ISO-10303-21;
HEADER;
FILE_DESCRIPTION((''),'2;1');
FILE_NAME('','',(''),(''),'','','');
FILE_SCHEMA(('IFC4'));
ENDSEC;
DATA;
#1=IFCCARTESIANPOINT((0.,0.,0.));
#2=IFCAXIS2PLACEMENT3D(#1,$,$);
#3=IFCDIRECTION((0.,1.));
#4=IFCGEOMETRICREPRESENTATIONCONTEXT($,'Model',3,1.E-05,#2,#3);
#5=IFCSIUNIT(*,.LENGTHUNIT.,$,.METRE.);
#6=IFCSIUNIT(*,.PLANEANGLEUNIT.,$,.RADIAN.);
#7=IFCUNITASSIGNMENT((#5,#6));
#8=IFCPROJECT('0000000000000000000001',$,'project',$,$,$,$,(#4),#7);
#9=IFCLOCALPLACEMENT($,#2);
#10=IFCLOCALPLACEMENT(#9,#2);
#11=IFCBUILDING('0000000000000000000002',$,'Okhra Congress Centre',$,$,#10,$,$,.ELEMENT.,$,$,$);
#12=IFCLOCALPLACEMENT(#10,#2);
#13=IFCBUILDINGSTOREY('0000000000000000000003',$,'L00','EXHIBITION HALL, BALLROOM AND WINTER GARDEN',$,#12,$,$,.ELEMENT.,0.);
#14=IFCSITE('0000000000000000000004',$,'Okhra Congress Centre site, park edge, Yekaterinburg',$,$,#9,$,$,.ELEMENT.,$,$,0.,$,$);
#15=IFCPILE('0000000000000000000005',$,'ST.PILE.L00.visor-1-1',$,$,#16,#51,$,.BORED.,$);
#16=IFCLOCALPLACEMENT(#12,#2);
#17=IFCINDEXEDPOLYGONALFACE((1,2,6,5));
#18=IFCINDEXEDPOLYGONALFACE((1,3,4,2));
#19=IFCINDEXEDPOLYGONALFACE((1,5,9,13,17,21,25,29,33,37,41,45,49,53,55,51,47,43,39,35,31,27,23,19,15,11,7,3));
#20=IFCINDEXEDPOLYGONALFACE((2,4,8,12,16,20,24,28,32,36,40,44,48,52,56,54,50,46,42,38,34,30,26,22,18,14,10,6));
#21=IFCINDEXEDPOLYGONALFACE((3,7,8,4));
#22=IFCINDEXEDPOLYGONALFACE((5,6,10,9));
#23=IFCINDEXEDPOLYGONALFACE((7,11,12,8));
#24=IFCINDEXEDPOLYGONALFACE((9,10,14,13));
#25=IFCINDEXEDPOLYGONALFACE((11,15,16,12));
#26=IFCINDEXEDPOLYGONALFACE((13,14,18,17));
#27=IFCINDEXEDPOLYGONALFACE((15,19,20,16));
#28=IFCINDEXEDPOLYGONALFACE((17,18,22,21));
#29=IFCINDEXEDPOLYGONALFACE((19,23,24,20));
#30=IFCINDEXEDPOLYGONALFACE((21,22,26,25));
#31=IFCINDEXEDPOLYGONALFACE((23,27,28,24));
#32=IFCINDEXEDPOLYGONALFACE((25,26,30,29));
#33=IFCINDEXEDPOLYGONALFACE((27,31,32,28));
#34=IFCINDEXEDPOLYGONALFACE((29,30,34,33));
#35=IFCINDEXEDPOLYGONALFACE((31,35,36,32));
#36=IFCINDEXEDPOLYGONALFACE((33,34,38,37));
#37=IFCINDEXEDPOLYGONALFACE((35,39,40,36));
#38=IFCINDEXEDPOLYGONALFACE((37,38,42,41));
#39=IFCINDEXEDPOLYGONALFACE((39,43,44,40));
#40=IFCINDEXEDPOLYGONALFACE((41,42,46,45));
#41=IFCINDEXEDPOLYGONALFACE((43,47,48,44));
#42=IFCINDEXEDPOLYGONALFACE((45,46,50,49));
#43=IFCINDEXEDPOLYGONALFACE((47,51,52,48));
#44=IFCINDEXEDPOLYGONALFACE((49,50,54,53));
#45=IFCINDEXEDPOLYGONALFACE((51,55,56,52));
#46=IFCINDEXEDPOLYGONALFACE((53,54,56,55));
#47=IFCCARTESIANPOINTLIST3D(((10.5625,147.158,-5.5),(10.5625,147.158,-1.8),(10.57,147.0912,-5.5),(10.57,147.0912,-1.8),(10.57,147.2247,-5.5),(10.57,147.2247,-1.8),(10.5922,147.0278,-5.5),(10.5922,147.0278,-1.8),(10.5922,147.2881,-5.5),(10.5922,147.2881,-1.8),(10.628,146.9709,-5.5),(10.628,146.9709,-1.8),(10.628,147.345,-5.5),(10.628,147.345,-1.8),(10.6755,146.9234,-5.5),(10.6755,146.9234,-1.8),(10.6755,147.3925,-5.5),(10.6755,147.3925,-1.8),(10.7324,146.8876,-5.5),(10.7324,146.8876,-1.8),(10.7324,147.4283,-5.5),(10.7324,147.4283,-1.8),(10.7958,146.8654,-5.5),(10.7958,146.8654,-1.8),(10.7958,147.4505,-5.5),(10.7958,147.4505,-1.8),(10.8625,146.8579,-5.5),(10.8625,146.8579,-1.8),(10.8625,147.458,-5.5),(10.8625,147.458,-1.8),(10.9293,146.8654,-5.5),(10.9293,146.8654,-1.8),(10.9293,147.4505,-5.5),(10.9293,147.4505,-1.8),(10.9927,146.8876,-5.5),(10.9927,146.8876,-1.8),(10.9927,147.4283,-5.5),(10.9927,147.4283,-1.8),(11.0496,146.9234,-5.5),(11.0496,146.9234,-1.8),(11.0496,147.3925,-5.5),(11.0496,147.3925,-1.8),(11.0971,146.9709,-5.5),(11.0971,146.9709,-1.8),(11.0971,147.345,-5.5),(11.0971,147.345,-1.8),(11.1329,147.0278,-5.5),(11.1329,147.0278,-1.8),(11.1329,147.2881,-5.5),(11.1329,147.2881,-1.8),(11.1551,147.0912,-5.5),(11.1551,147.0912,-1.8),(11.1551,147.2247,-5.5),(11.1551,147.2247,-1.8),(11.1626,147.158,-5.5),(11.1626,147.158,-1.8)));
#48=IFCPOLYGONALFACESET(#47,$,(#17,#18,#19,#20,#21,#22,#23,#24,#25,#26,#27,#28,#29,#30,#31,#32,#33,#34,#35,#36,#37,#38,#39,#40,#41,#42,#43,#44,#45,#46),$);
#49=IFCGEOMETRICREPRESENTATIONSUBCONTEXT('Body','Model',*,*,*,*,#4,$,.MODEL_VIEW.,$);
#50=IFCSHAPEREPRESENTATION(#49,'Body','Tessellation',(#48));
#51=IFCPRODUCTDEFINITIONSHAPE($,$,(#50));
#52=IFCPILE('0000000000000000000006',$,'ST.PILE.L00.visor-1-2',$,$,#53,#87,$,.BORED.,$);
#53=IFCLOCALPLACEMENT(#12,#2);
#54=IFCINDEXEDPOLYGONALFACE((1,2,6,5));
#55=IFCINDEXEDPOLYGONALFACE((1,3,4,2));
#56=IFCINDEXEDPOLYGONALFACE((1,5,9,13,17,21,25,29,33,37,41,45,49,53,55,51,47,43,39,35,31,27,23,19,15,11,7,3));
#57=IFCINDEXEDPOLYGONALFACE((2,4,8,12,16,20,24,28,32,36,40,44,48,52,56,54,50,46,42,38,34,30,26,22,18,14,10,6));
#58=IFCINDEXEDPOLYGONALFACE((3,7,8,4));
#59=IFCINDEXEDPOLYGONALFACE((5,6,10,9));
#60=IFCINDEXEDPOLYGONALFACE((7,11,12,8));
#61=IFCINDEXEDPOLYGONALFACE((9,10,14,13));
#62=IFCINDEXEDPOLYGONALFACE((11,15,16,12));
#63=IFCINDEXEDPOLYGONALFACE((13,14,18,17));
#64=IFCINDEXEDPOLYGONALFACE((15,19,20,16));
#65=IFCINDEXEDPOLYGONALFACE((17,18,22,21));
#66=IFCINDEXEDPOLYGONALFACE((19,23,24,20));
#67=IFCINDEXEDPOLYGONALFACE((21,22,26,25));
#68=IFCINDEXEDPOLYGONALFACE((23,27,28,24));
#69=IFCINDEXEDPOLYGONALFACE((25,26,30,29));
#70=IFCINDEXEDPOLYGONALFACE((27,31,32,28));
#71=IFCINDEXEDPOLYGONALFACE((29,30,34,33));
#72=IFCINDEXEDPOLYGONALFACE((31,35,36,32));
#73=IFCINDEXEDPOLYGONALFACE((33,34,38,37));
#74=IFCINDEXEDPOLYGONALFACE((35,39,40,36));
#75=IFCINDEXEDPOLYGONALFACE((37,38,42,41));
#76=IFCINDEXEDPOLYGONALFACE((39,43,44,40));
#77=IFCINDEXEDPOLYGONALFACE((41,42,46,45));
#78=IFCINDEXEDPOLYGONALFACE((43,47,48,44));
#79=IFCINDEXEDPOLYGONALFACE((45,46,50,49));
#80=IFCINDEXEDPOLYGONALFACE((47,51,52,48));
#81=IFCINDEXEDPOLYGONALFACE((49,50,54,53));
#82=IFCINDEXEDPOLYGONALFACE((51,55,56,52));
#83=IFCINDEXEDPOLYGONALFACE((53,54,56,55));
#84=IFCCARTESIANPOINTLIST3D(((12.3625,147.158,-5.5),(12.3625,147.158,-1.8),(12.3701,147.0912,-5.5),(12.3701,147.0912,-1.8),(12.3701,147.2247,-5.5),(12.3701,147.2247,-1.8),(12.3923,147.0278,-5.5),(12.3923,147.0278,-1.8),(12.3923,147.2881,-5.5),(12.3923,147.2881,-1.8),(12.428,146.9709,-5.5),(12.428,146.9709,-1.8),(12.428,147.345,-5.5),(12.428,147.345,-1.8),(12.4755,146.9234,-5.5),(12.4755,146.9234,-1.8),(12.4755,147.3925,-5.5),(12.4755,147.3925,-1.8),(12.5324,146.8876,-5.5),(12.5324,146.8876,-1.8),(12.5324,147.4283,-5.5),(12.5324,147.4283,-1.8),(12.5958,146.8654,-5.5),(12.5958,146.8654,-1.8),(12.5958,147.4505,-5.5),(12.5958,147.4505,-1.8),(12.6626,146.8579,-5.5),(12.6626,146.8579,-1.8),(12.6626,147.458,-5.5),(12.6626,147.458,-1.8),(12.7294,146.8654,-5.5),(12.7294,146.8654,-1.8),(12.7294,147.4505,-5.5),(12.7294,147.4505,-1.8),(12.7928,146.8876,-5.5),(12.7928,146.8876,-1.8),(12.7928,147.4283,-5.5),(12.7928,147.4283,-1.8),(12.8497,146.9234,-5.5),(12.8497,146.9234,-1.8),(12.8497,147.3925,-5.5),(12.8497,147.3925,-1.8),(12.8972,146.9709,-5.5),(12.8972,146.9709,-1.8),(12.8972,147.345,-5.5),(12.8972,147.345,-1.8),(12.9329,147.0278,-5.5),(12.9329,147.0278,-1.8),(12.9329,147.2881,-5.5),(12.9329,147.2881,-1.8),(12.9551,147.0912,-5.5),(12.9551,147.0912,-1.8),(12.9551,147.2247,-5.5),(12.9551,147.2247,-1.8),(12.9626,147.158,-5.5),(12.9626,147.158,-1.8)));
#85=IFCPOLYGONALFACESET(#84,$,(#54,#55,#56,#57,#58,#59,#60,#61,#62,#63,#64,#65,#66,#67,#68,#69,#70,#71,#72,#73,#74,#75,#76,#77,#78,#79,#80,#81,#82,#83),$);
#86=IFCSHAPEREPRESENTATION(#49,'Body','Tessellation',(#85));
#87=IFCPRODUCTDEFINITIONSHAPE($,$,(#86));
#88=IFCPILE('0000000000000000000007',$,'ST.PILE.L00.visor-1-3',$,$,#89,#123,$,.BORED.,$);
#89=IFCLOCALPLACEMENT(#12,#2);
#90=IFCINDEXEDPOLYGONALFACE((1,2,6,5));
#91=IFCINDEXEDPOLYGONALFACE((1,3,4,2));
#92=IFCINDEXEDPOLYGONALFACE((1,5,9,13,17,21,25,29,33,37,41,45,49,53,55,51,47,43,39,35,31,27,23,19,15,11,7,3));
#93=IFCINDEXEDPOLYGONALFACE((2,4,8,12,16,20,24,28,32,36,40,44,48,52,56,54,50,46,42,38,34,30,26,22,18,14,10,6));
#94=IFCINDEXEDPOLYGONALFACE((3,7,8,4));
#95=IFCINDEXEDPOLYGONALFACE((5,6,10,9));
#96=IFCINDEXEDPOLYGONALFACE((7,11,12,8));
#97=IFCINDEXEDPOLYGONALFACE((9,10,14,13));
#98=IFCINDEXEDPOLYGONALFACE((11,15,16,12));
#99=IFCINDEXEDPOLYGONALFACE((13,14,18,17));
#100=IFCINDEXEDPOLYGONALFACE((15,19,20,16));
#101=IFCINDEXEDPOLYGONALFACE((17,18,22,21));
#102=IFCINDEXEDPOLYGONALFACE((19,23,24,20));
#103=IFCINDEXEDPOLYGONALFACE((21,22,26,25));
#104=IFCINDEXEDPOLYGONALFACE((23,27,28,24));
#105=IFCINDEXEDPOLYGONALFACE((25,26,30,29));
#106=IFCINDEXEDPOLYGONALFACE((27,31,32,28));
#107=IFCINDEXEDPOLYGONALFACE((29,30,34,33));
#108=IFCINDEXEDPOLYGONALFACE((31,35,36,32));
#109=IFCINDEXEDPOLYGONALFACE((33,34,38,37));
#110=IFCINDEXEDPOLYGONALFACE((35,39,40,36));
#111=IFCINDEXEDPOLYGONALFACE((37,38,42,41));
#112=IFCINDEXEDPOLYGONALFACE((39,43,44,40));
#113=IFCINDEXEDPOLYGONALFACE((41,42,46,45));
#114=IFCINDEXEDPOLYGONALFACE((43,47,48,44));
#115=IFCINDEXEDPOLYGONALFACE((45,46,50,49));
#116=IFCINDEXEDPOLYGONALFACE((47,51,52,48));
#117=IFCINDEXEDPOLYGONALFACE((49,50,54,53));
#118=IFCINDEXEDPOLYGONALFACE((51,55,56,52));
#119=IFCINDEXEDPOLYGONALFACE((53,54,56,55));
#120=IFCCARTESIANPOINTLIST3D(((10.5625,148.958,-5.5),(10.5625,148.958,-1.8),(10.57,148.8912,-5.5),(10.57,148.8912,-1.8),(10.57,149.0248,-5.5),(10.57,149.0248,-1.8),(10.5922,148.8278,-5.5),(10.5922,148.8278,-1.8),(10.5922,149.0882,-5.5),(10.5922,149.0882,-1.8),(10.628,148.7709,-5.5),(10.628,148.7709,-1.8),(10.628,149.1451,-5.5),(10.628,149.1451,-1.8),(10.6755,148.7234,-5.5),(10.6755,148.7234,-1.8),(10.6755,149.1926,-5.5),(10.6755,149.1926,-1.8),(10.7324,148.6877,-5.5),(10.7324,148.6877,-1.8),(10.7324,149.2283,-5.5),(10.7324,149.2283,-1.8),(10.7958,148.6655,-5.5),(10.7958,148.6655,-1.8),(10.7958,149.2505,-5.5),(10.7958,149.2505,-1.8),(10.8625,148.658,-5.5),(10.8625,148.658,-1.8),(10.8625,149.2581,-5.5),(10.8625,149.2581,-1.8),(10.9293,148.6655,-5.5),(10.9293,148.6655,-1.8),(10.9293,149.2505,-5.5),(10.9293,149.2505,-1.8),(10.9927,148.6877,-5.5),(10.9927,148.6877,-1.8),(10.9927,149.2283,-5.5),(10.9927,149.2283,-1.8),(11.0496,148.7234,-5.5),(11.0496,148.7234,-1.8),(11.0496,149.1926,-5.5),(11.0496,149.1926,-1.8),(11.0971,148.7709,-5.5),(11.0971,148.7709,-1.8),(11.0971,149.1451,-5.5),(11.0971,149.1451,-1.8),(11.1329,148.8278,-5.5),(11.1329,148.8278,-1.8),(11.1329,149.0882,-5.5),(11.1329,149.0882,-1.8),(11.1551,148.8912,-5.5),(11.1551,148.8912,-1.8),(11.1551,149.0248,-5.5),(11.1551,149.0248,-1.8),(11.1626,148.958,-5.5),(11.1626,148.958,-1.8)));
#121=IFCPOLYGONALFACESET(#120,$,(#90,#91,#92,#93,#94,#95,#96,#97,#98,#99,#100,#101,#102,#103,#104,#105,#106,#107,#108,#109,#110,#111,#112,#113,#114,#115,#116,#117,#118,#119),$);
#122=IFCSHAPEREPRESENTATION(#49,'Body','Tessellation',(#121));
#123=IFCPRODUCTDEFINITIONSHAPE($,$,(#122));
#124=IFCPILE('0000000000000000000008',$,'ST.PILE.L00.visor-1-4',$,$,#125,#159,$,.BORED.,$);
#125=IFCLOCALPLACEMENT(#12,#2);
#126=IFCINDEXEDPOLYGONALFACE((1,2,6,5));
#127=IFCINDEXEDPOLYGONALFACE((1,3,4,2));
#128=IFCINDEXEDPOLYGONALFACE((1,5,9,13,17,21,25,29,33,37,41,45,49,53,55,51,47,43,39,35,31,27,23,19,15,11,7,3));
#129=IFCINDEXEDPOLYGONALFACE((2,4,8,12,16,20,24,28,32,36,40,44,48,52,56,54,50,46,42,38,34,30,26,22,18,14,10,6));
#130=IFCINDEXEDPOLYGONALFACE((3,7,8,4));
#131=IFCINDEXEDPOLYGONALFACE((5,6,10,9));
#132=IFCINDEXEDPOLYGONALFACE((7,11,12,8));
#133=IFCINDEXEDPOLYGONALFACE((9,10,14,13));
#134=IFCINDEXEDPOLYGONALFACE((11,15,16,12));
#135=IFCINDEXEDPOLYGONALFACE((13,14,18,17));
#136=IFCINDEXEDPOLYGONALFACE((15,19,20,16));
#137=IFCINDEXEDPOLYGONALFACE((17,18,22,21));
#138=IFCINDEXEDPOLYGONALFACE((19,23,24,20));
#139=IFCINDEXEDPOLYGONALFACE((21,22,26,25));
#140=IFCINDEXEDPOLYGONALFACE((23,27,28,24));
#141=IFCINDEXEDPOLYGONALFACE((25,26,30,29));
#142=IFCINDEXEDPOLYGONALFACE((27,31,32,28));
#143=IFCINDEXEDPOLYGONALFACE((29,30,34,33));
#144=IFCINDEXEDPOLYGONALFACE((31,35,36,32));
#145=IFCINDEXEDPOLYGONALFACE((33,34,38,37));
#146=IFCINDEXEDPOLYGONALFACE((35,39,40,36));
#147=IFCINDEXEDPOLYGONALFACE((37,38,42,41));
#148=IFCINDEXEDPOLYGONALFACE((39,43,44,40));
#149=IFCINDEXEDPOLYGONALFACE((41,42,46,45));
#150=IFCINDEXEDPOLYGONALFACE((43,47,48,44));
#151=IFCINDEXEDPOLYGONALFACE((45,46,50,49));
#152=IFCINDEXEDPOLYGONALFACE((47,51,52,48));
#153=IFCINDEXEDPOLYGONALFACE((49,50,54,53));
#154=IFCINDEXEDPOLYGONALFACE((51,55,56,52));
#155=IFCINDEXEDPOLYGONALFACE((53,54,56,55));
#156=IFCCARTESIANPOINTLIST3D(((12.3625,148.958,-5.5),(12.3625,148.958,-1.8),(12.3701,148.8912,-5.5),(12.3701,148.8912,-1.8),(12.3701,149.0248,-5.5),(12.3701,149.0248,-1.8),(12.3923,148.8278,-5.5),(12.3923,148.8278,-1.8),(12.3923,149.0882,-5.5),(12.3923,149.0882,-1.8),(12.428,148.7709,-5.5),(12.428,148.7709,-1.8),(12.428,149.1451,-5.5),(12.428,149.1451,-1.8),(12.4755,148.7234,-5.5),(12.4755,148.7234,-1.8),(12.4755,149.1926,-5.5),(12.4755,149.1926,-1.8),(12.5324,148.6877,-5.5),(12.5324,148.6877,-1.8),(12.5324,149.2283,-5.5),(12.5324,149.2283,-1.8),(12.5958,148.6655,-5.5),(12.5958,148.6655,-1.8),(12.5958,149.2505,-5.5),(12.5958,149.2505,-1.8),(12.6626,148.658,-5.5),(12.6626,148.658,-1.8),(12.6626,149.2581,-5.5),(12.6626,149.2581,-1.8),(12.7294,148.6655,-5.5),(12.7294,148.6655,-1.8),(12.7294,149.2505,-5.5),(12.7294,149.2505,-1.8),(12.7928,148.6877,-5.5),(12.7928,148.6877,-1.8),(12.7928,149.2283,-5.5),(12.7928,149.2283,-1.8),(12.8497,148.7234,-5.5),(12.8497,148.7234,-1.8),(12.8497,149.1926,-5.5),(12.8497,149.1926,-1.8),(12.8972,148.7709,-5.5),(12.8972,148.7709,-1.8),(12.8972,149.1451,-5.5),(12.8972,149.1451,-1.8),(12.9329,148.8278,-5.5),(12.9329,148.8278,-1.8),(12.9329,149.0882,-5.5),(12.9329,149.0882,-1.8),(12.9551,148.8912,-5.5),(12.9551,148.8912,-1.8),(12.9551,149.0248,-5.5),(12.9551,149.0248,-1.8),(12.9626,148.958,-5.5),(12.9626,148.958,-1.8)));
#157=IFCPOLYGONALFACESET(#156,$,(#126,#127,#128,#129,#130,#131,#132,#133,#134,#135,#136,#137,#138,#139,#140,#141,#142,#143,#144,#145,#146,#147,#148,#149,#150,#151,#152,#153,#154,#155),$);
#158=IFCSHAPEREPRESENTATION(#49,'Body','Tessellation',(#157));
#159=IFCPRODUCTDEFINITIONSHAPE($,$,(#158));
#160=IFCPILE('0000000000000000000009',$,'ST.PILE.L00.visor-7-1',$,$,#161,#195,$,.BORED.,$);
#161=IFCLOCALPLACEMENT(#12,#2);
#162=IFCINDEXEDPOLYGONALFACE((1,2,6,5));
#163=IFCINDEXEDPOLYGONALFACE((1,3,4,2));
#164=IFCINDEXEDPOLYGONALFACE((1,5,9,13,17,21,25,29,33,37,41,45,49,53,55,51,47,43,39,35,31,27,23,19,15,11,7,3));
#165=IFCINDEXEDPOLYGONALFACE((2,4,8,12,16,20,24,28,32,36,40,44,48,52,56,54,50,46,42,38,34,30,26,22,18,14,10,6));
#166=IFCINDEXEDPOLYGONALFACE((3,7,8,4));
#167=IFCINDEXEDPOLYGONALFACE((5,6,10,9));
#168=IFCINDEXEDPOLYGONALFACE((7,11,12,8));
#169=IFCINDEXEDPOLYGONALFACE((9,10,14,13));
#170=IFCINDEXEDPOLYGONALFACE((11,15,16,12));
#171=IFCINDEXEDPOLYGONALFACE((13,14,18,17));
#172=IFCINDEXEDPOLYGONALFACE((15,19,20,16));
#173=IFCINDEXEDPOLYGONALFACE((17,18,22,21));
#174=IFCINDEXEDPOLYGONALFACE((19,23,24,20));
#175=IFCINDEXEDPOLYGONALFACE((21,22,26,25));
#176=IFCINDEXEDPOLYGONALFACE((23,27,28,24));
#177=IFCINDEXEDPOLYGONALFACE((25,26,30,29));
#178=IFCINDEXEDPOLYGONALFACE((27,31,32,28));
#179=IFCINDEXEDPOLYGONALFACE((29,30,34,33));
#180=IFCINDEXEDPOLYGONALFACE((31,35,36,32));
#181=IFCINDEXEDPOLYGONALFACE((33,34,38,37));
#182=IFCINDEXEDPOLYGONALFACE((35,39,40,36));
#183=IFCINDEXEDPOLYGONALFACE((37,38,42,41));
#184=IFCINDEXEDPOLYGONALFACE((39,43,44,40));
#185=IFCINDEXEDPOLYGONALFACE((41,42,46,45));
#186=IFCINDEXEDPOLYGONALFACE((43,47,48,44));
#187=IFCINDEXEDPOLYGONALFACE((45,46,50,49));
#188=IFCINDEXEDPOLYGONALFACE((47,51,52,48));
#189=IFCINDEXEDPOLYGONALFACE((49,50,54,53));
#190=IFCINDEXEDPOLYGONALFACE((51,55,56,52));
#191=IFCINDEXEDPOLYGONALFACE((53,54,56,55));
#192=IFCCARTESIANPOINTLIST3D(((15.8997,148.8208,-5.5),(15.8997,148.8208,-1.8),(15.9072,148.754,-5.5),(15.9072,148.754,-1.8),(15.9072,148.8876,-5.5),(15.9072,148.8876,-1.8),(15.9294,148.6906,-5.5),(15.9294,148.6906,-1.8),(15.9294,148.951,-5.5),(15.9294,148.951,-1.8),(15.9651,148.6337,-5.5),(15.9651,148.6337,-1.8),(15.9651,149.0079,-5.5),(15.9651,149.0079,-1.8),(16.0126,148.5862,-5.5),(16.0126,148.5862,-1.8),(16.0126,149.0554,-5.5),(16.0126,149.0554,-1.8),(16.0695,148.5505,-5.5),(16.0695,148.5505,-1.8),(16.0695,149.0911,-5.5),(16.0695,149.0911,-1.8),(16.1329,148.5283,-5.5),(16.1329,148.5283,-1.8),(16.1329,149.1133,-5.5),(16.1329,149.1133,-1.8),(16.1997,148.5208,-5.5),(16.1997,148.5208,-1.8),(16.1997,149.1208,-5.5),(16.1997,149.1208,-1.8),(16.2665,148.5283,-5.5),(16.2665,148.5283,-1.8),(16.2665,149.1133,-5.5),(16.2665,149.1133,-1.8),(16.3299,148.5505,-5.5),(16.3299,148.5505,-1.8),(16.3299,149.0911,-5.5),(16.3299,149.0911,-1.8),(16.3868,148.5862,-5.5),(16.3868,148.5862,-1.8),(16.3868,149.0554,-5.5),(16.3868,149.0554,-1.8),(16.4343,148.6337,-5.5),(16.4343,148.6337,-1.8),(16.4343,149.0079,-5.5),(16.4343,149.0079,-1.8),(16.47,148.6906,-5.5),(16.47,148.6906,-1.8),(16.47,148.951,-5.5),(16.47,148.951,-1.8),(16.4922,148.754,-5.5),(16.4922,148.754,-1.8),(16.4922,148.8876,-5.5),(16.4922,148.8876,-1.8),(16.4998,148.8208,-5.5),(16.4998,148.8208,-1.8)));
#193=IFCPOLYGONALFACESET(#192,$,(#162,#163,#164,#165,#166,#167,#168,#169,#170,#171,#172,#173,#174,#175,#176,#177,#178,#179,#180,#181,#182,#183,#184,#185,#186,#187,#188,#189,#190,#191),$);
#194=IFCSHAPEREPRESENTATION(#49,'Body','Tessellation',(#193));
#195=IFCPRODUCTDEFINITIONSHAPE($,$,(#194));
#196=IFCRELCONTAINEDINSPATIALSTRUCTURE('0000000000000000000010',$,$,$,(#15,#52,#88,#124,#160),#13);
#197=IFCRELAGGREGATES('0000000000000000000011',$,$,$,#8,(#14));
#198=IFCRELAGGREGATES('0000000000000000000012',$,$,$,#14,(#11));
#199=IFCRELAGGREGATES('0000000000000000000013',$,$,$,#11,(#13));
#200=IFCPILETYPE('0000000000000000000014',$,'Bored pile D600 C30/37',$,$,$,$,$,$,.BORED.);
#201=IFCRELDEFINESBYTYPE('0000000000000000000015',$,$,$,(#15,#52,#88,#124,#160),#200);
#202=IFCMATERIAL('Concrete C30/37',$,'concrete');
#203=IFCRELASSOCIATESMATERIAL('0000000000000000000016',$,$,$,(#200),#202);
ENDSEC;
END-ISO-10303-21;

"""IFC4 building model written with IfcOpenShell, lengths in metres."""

from ifc_helpers import new_model, si_unit, direction, frame, origin, origin_2d, place, context, subcontext, project, spatial, circle, extrude, material, material_profile, profile_set, type_object, element, save


model = new_model("IFC4")

# Units and contexts
model_context = context("Model", 3, precision=1e-05, world=origin(), true_north=direction((0.0, 1.0)))
body_context = subcontext(model_context, "Body", "Model", "MODEL_VIEW")
ifc_project = project(units=[si_unit("LENGTHUNIT", "METRE"), si_unit("PLANEANGLEUNIT", "RADIAN")], contexts=[model_context])

# Site, building, storey
site_placement = place(None, origin())
site = spatial("IfcSite", under=ifc_project, at=site_placement, Name="Okhra Congress Centre site, park edge, Yekaterinburg", CompositionType="ELEMENT", RefElevation=0.0)
building_placement = place(site_placement, origin())
building = spatial("IfcBuilding", under=site, at=building_placement, Name="Okhra Congress Centre", CompositionType="ELEMENT")
storey_placement = place(building_placement, origin())
storey = spatial("IfcBuildingStorey", under=building, at=storey_placement, Name="L00", Description="EXHIBITION HALL, BALLROOM AND WINTER GARDEN", CompositionType="ELEMENT", Elevation=0.0)

# Piles
ifc_material_1 = material(Name="Concrete C30/37", Category="concrete")
ifc_material_profile_1 = material_profile(ifc_material_1, circle(Radius=0.3, at=origin_2d()), Name="D600")
ifc_profile_set_1 = profile_set([ifc_material_profile_1], Name="Concrete C30/37")
pile_type_1 = type_object("IfcPileType", Name="Bored pile D600 C30/37", PredefinedType="BORED", material=ifc_profile_set_1)
for number, where, z_axis, x_axis, name in (
    (1, (10.8625, 147.158, -1.8), (0.0, 0.0, -1.0), (1.0, 0.0, 0.0), "ST.PILE.L00.visor-1-1"),
    (2, (12.6626, 147.158, -1.8), (0.0, 0.0, -1.0), (1.0, 0.0, 0.0), "ST.PILE.L00.visor-1-2"),
    (3, (10.8625, 148.958, -1.8), (0.0, 0.0, -1.0), (1.0, 0.0, 0.0), "ST.PILE.L00.visor-1-3"),
    (4, (12.6626, 148.958, -1.8), (0.0, 0.0, -1.0), (1.0, 0.0, 0.0), "ST.PILE.L00.visor-1-4"),
    (5, (16.1997, 148.8208, -1.8), (0.0, 0.0, -1.0), (1.0, 0.0, 0.0), "ST.PILE.L00.visor-7-1"),
):
    element("IfcPile", number, at=place(storey_placement, frame(where, z_axis=z_axis, x_axis=x_axis)), inside=storey, type_object=pile_type_1, Name=name, PredefinedType="BORED", context=body_context, shape_type="SweptSolid", body=[
        extrude(circle(Radius=0.3, at=origin_2d()), origin(), (0.0, 0.0, 1.0), 3.7),
    ])

save(model, "model.ifc")
